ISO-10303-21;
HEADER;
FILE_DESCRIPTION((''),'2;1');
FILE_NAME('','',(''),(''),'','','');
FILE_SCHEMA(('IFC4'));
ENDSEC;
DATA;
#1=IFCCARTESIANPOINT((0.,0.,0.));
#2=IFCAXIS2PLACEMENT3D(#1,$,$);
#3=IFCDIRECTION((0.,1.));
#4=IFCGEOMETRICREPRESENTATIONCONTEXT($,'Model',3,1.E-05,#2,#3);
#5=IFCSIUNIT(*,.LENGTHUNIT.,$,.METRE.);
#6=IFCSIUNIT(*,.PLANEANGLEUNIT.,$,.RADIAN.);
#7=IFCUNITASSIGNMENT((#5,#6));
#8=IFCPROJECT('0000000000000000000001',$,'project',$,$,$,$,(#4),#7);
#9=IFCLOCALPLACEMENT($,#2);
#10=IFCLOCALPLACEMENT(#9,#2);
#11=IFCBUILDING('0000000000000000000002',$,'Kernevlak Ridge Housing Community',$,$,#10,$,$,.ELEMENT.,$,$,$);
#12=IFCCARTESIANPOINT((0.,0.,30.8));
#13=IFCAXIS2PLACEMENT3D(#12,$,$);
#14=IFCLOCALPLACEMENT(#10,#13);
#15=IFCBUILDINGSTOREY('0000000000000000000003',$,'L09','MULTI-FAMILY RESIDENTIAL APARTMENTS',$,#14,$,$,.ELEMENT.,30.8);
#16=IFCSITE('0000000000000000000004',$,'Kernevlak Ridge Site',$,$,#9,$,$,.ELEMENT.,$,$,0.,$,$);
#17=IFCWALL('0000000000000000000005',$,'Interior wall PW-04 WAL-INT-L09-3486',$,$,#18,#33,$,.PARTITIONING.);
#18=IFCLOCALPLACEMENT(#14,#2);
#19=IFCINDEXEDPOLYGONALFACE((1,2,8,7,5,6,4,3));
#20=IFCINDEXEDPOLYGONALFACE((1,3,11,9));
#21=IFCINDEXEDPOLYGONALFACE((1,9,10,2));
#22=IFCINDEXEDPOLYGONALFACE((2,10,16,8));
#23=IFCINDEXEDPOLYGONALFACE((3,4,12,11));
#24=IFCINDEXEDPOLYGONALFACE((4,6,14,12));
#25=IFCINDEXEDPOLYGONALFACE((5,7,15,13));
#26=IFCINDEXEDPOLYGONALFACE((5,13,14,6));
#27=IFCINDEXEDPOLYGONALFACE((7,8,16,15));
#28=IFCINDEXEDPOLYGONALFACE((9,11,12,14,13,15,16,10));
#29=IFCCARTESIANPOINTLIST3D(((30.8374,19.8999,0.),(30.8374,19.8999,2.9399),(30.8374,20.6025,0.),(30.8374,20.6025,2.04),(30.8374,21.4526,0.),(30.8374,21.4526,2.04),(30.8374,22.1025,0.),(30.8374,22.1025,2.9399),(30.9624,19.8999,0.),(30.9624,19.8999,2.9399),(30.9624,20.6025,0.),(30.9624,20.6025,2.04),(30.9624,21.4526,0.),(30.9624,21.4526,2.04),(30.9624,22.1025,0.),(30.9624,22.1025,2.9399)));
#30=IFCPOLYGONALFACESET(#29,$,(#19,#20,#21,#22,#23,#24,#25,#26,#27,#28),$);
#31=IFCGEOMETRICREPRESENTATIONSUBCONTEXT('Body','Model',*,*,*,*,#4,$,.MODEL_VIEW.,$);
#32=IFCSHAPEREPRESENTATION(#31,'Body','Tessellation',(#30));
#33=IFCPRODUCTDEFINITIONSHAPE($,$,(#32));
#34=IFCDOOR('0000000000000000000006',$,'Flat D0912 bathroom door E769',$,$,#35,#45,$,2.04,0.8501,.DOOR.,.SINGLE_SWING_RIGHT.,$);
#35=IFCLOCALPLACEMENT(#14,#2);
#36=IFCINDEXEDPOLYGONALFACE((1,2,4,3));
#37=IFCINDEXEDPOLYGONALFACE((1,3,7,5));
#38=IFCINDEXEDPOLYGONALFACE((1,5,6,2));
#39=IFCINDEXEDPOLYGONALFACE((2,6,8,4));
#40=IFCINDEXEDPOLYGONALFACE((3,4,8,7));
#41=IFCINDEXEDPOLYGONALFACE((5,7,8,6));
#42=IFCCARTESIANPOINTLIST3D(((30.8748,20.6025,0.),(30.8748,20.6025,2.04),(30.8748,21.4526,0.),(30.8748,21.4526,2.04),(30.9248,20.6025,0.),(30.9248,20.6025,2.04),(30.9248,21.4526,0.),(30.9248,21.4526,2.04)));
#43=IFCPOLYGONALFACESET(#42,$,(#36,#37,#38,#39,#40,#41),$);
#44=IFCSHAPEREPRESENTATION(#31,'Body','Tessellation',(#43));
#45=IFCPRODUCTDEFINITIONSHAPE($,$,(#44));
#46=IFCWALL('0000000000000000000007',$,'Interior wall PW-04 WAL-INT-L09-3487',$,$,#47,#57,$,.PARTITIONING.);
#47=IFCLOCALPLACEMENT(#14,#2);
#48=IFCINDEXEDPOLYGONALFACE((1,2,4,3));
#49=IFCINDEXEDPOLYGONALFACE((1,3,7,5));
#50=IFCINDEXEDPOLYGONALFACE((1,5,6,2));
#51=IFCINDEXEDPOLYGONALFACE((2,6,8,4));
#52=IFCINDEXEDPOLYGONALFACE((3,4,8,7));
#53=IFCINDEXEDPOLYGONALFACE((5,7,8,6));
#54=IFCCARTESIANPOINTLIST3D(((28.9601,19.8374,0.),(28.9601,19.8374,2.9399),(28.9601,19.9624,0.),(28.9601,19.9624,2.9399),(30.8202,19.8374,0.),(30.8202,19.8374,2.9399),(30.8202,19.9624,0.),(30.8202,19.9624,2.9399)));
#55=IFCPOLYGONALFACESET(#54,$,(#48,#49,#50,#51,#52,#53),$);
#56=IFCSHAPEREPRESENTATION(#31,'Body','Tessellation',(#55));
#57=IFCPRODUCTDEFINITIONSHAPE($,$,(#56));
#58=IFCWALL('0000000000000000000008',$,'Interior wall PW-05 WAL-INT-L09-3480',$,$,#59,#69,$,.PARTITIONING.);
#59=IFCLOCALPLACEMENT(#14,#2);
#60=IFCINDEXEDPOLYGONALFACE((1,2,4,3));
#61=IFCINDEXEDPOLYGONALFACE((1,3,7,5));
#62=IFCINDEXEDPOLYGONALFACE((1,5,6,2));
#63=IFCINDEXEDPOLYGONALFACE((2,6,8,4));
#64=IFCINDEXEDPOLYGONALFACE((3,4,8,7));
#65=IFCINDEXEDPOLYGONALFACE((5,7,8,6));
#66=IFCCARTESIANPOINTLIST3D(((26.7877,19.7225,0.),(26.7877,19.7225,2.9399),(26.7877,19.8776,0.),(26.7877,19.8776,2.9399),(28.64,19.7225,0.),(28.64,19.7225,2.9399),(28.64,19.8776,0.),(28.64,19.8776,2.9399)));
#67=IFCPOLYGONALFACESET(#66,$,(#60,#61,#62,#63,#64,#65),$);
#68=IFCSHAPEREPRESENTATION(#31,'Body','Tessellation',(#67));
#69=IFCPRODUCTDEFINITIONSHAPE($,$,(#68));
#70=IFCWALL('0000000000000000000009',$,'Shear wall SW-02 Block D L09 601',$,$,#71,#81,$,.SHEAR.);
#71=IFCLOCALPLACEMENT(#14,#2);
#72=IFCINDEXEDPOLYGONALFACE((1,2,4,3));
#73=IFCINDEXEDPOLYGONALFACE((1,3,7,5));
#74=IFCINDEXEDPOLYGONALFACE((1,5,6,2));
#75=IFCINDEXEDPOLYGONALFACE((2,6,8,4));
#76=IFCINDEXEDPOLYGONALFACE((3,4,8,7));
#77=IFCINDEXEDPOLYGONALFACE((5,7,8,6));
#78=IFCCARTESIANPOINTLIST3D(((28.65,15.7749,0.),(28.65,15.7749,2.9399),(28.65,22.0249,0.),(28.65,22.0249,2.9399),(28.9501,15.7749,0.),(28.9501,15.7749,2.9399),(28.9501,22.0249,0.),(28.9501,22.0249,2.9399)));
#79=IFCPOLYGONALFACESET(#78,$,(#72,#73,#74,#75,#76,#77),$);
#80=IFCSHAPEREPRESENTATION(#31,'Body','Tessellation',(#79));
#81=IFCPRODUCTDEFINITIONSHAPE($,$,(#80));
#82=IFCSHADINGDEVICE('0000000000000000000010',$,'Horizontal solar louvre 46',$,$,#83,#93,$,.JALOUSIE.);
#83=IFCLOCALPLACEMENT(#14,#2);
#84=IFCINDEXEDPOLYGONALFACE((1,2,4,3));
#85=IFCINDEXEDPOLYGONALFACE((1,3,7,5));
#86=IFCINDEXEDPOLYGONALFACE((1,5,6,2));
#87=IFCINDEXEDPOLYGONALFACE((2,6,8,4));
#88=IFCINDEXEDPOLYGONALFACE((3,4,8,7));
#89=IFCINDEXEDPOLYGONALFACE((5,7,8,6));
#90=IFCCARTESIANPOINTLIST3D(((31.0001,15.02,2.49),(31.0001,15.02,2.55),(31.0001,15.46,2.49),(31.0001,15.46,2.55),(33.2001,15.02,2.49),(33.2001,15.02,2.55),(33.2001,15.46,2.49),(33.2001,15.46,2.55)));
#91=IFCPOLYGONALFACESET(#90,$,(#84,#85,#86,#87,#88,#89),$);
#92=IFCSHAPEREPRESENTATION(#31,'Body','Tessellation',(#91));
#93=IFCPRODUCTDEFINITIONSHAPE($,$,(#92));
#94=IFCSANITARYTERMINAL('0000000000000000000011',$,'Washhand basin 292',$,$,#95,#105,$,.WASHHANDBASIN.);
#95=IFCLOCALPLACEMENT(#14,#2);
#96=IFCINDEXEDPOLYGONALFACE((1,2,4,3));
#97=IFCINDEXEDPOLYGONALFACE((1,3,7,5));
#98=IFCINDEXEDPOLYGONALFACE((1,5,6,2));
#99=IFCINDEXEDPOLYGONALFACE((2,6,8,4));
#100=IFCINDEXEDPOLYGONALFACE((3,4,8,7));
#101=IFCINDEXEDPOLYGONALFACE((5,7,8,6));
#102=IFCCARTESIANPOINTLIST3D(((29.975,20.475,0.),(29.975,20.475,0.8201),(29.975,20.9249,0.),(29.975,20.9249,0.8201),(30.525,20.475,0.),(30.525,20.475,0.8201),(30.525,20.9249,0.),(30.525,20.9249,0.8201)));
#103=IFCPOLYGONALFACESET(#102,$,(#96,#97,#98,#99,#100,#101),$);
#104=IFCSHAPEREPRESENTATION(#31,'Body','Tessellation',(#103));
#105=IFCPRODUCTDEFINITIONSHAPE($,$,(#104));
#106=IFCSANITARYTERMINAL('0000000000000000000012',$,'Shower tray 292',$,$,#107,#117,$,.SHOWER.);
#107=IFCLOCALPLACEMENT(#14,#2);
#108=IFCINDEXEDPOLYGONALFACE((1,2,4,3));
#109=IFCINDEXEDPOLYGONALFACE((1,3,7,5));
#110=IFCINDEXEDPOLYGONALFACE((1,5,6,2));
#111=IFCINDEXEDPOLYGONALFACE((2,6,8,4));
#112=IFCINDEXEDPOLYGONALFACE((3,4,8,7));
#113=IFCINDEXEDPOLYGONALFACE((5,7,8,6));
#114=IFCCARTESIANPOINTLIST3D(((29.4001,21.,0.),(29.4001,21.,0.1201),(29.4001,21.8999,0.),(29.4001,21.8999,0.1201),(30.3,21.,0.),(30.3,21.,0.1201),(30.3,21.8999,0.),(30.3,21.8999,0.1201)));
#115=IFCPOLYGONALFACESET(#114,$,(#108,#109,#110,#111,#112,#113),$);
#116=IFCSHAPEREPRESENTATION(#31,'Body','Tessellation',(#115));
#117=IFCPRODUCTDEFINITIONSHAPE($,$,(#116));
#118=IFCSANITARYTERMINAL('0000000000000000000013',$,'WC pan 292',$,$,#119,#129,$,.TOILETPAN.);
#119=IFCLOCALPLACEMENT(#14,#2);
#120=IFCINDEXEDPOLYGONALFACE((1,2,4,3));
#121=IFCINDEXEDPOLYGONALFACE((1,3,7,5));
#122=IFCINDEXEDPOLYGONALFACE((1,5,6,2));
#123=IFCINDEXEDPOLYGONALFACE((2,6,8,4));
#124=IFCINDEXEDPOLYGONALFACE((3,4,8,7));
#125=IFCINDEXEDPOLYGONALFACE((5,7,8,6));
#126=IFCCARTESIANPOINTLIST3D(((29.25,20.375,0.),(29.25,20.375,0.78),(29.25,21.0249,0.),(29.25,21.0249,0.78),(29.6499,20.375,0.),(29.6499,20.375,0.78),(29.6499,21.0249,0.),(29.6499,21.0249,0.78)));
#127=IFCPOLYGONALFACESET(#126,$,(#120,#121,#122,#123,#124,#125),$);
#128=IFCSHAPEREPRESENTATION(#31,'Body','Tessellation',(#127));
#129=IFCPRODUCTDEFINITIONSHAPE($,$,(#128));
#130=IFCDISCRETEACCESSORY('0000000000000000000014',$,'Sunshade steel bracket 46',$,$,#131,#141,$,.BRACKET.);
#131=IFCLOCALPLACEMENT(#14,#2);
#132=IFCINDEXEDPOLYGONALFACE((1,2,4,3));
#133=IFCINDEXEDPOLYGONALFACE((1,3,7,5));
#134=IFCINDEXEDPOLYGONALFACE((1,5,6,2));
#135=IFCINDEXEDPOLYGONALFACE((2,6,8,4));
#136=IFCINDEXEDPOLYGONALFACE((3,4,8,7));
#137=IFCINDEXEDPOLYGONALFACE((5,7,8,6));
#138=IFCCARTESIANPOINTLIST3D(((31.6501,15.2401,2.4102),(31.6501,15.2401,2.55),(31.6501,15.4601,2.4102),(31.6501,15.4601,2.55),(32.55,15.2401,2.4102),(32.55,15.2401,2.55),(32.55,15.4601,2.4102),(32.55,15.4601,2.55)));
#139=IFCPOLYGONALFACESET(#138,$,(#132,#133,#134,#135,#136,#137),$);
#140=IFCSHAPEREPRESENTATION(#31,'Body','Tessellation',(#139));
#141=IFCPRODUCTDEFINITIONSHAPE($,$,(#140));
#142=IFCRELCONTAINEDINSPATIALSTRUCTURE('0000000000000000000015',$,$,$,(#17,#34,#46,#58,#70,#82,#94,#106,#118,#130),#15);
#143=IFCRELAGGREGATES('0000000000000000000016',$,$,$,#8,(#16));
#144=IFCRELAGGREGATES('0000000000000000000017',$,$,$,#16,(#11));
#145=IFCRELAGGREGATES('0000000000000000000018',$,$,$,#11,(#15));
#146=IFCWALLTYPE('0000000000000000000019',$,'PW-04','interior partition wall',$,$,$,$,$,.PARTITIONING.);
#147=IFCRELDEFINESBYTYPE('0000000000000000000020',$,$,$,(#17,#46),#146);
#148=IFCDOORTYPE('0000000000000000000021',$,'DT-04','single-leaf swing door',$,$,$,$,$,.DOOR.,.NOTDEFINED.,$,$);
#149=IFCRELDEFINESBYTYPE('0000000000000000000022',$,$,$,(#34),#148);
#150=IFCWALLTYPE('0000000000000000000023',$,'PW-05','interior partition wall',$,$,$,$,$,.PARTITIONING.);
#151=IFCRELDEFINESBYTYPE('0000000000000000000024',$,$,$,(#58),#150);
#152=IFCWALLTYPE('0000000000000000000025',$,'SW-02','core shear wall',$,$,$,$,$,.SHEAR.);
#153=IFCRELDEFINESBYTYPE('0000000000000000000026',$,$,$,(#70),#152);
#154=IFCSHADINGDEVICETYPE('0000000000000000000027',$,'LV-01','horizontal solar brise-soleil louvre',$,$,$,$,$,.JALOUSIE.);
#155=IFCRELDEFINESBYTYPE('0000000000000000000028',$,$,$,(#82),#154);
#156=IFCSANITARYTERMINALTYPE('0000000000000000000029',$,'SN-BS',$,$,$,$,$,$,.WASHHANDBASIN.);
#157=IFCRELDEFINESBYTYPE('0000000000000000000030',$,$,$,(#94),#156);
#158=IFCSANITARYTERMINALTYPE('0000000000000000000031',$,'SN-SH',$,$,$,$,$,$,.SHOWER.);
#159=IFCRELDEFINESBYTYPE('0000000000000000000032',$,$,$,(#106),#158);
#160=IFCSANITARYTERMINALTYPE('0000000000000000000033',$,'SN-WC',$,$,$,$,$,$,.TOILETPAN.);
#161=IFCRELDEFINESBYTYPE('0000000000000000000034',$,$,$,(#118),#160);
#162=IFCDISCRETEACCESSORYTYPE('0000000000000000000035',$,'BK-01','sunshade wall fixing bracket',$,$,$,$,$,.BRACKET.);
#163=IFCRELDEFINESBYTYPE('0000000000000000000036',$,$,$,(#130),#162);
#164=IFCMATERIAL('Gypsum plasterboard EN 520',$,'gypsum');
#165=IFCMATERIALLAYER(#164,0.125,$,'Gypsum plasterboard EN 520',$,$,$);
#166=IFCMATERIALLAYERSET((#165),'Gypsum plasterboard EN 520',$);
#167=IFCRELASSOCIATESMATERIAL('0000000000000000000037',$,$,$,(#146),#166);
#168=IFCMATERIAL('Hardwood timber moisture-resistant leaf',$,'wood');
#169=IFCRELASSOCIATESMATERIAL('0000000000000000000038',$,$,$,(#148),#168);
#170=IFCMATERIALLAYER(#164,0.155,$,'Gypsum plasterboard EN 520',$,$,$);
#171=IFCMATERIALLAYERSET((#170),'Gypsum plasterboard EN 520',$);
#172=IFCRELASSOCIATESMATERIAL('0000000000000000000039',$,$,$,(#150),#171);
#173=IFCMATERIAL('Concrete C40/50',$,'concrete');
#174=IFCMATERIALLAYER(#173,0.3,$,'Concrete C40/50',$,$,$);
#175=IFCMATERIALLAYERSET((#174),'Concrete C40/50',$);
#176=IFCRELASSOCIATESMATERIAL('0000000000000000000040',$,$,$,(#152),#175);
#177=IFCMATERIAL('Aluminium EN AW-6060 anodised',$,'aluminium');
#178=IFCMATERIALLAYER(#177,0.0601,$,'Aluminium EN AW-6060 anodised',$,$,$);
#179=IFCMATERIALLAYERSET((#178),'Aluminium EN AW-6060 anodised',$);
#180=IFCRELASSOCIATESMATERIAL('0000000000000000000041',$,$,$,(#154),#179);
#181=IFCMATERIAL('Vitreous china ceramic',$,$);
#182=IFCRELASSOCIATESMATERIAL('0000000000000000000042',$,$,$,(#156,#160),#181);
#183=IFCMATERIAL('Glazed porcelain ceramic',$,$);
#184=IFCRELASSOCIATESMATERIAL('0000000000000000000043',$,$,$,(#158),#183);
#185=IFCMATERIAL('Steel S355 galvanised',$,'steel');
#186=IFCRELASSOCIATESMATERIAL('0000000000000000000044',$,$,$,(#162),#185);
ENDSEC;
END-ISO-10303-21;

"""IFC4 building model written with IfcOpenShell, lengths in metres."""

from ifc_helpers import new_model, si_unit, direction, frame, frame_2d, origin, origin_2d, place, context, subcontext, project, spatial, rectangle, extrude, material, layer, layer_set, type_object, element, fill, save


model = new_model("IFC4")

# Units and contexts
model_context = context("Model", 3, precision=1e-05, world=origin(), true_north=direction((0.0, 1.0)))
body_context = subcontext(model_context, "Body", "Model", "MODEL_VIEW")
ifc_project = project(units=[si_unit("LENGTHUNIT", "METRE"), si_unit("PLANEANGLEUNIT", "RADIAN")], contexts=[model_context])

# Site, building, storey
site_placement = place(None, origin())
site = spatial("IfcSite", under=ifc_project, at=site_placement, Name="Kernevlak Ridge Site", CompositionType="ELEMENT", RefElevation=0.0)
building_placement = place(site_placement, origin())
building = spatial("IfcBuilding", under=site, at=building_placement, Name="Kernevlak Ridge Housing Community", CompositionType="ELEMENT")
storey_placement = place(building_placement, frame((0.0, 0.0, 30.8)))
storey = spatial("IfcBuildingStorey", under=building, at=storey_placement, Name="L09", Description="MULTI-FAMILY RESIDENTIAL APARTMENTS", CompositionType="ELEMENT", Elevation=30.8)

# Shared definitions
ifc_material_1 = material(Name="Aluminium EN AW-6060 anodised", Category="aluminium")

# Wall, opening, door
ifc_material_2 = material(Name="Gypsum plasterboard EN 520", Category="gypsum")
ifc_layer_1 = layer(ifc_material_2, 0.125, Name="Gypsum plasterboard EN 520")
ifc_layer_set_1 = layer_set([ifc_layer_1], Name="Gypsum plasterboard EN 520")
wall_type_1 = type_object("IfcWallType", Name="PW-04", Description="interior partition wall", PredefinedType="PARTITIONING", material=ifc_layer_set_1)
wall_1_placement = place(storey_placement, frame((30.8999, 22.1025, 0.0), z_axis=(0.0, 0.0, 1.0), x_axis=(0.0, -1.0, 0.0)))
wall_1 = element("IfcWall", 1, at=wall_1_placement, inside=storey, type_object=wall_type_1, Name="Interior wall PW-04 WAL-INT-L09-3486", PredefinedType="PARTITIONING", context=body_context, shape_type="SweptSolid", body=[
    extrude(rectangle(XDim=2.2026, YDim=0.125, at=frame_2d((1.1013, 0.0))), origin(), (0.0, 0.0, 1.0), 2.9399),
])
opening_1_placement = place(wall_1_placement, frame((0.6499, 0.0, 0.0)))
opening_1 = element("IfcOpeningElement", 2, at=opening_1_placement, cuts=wall_1, PredefinedType="OPENING", context=body_context, shape_type="SweptSolid", body=[
    extrude(rectangle(XDim=0.8501, YDim=2.04, at=frame_2d((0.425, 1.02))), frame((0.0, 0.0725, 0.0), z_axis=(0.0, -1.0, 0.0), x_axis=(1.0, 0.0, 0.0)), (0.0, 0.0, 1.0), 0.145),
])
ifc_material_3 = material(Name="Hardwood timber moisture-resistant leaf", Category="wood")
door_type_1 = type_object("IfcDoorType", Name="DT-04", Description="single-leaf swing door", OperationType="NOTDEFINED", PredefinedType="DOOR", material=ifc_material_3)
door_1_placement = place(opening_1_placement, origin())
door_1 = element("IfcDoor", 3, at=door_1_placement, inside=storey, type_object=door_type_1, Name="Flat D0912 bathroom door E769", OperationType="SINGLE_SWING_RIGHT", OverallHeight=2.04, OverallWidth=0.8501, PredefinedType="DOOR", context=body_context, shape_type="SweptSolid", body=[
    extrude(rectangle(XDim=0.8501, YDim=2.04, at=frame_2d((0.425, 1.02))), frame((0.0, 0.0249, 0.0), z_axis=(0.0, -1.0, 0.0), x_axis=(1.0, 0.0, 0.0)), (0.0, 0.0, 1.0), 0.05),
])
fill(opening_1, door_1)

# Walls
wall_2_placement = place(storey_placement, frame((28.96, 19.8999, 0.0), z_axis=(0.0, 0.0, 1.0), x_axis=(1.0, 0.0, 0.0)))
element("IfcWall", 4, at=wall_2_placement, inside=storey, type_object=wall_type_1, Name="Interior wall PW-04 WAL-INT-L09-3487", PredefinedType="PARTITIONING", context=body_context, shape_type="SweptSolid", body=[
    extrude(rectangle(XDim=1.8601, YDim=0.125, at=frame_2d((0.9302, 0.0))), origin(), (0.0, 0.0, 1.0), 2.9399),
])
ifc_layer_2 = layer(ifc_material_2, 0.155, Name="Gypsum plasterboard EN 520")
ifc_layer_set_2 = layer_set([ifc_layer_2], Name="Gypsum plasterboard EN 520")
wall_type_2 = type_object("IfcWallType", Name="PW-05", Description="interior partition wall", PredefinedType="PARTITIONING", material=ifc_layer_set_2)
wall_3_placement = place(storey_placement, frame((26.7876, 19.8, 0.0), z_axis=(0.0, 0.0, 1.0), x_axis=(1.0, 0.0, 0.0)))
element("IfcWall", 5, at=wall_3_placement, inside=storey, type_object=wall_type_2, Name="Interior wall PW-05 WAL-INT-L09-3480", PredefinedType="PARTITIONING", context=body_context, shape_type="SweptSolid", body=[
    extrude(rectangle(XDim=1.8523, YDim=0.155, at=frame_2d((0.9263, 0.0))), origin(), (0.0, 0.0, 1.0), 2.9399),
])
ifc_material_4 = material(Name="Concrete C40/50", Category="concrete")
ifc_layer_3 = layer(ifc_material_4, 0.3, Name="Concrete C40/50")
ifc_layer_set_3 = layer_set([ifc_layer_3], Name="Concrete C40/50")
wall_type_3 = type_object("IfcWallType", Name="SW-02", Description="core shear wall", PredefinedType="SHEAR", material=ifc_layer_set_3)
wall_4_placement = place(storey_placement, frame((28.8, 15.7749, 0.0), z_axis=(0.0, 0.0, 1.0), x_axis=(0.0, 1.0, 0.0)))
element("IfcWall", 6, at=wall_4_placement, inside=storey, type_object=wall_type_3, Name="Shear wall SW-02 Block D L09 601", PredefinedType="SHEAR", context=body_context, shape_type="SweptSolid", body=[
    extrude(rectangle(XDim=6.25, YDim=0.3, at=frame_2d((3.125, 0.0))), origin(), (0.0, 0.0, 1.0), 2.9399),
])

# Shading device
ifc_layer_4 = layer(ifc_material_1, 0.0601, Name="Aluminium EN AW-6060 anodised")
ifc_layer_set_4 = layer_set([ifc_layer_4], Name="Aluminium EN AW-6060 anodised")
shading_device_type = type_object("IfcShadingDeviceType", Name="LV-01", Description="horizontal solar brise-soleil louvre", PredefinedType="JALOUSIE", material=ifc_layer_set_4)
shading_device_placement = place(storey_placement, frame((32.1001, 15.24, 2.49), z_axis=(0.0, 0.0, 1.0), x_axis=(1.0, 0.0, 0.0)))
element("IfcShadingDevice", 7, at=shading_device_placement, inside=storey, type_object=shading_device_type, Name="Horizontal solar louvre 46", PredefinedType="JALOUSIE", context=body_context, shape_type="SweptSolid", body=[
    extrude(rectangle(XDim=2.2, YDim=0.4399, at=origin_2d()), origin(), (0.0, 0.0, 1.0), 0.0601),
])

# Sanitary terminals
ifc_material_5 = material(Name="Vitreous china ceramic")
sanitary_terminal_type_1 = type_object("IfcSanitaryTerminalType", Name="SN-BS", PredefinedType="WASHHANDBASIN", material=ifc_material_5)
sanitary_terminal_1_placement = place(storey_placement, frame((30.25, 20.7, 0.0), z_axis=(0.0, 0.0, 1.0), x_axis=(1.0, 0.0, 0.0)))
element("IfcSanitaryTerminal", 8, at=sanitary_terminal_1_placement, inside=storey, type_object=sanitary_terminal_type_1, Name="Washhand basin 292", PredefinedType="WASHHANDBASIN", context=body_context, shape_type="SweptSolid", body=[
    extrude(rectangle(XDim=0.55, YDim=0.45, at=origin_2d()), origin(), (0.0, 0.0, 1.0), 0.8201),
])
ifc_material_6 = material(Name="Glazed porcelain ceramic")
sanitary_terminal_type_2 = type_object("IfcSanitaryTerminalType", Name="SN-SH", PredefinedType="SHOWER", material=ifc_material_6)
sanitary_terminal_2_placement = place(storey_placement, frame((29.8501, 21.45, 0.0), z_axis=(0.0, 0.0, 1.0), x_axis=(1.0, 0.0, 0.0)))
element("IfcSanitaryTerminal", 9, at=sanitary_terminal_2_placement, inside=storey, type_object=sanitary_terminal_type_2, Name="Shower tray 292", PredefinedType="SHOWER", context=body_context, shape_type="SweptSolid", body=[
    extrude(rectangle(XDim=0.8999, YDim=0.8999, at=origin_2d()), origin(), (0.0, 0.0, 1.0), 0.1201),
])
sanitary_terminal_type_3 = type_object("IfcSanitaryTerminalType", Name="SN-WC", PredefinedType="TOILETPAN", material=ifc_material_5)
sanitary_terminal_3_placement = place(storey_placement, frame((29.45, 20.7, 0.0), z_axis=(0.0, 0.0, 1.0), x_axis=(1.0, 0.0, 0.0)))
element("IfcSanitaryTerminal", 10, at=sanitary_terminal_3_placement, inside=storey, type_object=sanitary_terminal_type_3, Name="WC pan 292", PredefinedType="TOILETPAN", context=body_context, shape_type="SweptSolid", body=[
    extrude(rectangle(XDim=0.3999, YDim=0.6499, at=origin_2d()), origin(), (0.0, 0.0, 1.0), 0.78),
])

# Discrete accessory
ifc_material_7 = material(Name="Steel S355 galvanised", Category="steel")
discrete_accessory_type = type_object("IfcDiscreteAccessoryType", Name="BK-01", Description="sunshade wall fixing bracket", PredefinedType="BRACKET", material=ifc_material_7)
discrete_accessory_placement = place(storey_placement, frame((32.1001, 15.3501, 2.4102), z_axis=(0.0, 0.0, 1.0), x_axis=(1.0, 0.0, 0.0)))
element("IfcDiscreteAccessory", 11, at=discrete_accessory_placement, inside=storey, type_object=discrete_accessory_type, Name="Sunshade steel bracket 46", PredefinedType="BRACKET", context=body_context, shape_type="SweptSolid", body=[
    extrude(rectangle(XDim=0.8999, YDim=0.22, at=origin_2d()), origin(), (0.0, 0.0, 1.0), 0.1399),
])

save(model, "model.ifc")
